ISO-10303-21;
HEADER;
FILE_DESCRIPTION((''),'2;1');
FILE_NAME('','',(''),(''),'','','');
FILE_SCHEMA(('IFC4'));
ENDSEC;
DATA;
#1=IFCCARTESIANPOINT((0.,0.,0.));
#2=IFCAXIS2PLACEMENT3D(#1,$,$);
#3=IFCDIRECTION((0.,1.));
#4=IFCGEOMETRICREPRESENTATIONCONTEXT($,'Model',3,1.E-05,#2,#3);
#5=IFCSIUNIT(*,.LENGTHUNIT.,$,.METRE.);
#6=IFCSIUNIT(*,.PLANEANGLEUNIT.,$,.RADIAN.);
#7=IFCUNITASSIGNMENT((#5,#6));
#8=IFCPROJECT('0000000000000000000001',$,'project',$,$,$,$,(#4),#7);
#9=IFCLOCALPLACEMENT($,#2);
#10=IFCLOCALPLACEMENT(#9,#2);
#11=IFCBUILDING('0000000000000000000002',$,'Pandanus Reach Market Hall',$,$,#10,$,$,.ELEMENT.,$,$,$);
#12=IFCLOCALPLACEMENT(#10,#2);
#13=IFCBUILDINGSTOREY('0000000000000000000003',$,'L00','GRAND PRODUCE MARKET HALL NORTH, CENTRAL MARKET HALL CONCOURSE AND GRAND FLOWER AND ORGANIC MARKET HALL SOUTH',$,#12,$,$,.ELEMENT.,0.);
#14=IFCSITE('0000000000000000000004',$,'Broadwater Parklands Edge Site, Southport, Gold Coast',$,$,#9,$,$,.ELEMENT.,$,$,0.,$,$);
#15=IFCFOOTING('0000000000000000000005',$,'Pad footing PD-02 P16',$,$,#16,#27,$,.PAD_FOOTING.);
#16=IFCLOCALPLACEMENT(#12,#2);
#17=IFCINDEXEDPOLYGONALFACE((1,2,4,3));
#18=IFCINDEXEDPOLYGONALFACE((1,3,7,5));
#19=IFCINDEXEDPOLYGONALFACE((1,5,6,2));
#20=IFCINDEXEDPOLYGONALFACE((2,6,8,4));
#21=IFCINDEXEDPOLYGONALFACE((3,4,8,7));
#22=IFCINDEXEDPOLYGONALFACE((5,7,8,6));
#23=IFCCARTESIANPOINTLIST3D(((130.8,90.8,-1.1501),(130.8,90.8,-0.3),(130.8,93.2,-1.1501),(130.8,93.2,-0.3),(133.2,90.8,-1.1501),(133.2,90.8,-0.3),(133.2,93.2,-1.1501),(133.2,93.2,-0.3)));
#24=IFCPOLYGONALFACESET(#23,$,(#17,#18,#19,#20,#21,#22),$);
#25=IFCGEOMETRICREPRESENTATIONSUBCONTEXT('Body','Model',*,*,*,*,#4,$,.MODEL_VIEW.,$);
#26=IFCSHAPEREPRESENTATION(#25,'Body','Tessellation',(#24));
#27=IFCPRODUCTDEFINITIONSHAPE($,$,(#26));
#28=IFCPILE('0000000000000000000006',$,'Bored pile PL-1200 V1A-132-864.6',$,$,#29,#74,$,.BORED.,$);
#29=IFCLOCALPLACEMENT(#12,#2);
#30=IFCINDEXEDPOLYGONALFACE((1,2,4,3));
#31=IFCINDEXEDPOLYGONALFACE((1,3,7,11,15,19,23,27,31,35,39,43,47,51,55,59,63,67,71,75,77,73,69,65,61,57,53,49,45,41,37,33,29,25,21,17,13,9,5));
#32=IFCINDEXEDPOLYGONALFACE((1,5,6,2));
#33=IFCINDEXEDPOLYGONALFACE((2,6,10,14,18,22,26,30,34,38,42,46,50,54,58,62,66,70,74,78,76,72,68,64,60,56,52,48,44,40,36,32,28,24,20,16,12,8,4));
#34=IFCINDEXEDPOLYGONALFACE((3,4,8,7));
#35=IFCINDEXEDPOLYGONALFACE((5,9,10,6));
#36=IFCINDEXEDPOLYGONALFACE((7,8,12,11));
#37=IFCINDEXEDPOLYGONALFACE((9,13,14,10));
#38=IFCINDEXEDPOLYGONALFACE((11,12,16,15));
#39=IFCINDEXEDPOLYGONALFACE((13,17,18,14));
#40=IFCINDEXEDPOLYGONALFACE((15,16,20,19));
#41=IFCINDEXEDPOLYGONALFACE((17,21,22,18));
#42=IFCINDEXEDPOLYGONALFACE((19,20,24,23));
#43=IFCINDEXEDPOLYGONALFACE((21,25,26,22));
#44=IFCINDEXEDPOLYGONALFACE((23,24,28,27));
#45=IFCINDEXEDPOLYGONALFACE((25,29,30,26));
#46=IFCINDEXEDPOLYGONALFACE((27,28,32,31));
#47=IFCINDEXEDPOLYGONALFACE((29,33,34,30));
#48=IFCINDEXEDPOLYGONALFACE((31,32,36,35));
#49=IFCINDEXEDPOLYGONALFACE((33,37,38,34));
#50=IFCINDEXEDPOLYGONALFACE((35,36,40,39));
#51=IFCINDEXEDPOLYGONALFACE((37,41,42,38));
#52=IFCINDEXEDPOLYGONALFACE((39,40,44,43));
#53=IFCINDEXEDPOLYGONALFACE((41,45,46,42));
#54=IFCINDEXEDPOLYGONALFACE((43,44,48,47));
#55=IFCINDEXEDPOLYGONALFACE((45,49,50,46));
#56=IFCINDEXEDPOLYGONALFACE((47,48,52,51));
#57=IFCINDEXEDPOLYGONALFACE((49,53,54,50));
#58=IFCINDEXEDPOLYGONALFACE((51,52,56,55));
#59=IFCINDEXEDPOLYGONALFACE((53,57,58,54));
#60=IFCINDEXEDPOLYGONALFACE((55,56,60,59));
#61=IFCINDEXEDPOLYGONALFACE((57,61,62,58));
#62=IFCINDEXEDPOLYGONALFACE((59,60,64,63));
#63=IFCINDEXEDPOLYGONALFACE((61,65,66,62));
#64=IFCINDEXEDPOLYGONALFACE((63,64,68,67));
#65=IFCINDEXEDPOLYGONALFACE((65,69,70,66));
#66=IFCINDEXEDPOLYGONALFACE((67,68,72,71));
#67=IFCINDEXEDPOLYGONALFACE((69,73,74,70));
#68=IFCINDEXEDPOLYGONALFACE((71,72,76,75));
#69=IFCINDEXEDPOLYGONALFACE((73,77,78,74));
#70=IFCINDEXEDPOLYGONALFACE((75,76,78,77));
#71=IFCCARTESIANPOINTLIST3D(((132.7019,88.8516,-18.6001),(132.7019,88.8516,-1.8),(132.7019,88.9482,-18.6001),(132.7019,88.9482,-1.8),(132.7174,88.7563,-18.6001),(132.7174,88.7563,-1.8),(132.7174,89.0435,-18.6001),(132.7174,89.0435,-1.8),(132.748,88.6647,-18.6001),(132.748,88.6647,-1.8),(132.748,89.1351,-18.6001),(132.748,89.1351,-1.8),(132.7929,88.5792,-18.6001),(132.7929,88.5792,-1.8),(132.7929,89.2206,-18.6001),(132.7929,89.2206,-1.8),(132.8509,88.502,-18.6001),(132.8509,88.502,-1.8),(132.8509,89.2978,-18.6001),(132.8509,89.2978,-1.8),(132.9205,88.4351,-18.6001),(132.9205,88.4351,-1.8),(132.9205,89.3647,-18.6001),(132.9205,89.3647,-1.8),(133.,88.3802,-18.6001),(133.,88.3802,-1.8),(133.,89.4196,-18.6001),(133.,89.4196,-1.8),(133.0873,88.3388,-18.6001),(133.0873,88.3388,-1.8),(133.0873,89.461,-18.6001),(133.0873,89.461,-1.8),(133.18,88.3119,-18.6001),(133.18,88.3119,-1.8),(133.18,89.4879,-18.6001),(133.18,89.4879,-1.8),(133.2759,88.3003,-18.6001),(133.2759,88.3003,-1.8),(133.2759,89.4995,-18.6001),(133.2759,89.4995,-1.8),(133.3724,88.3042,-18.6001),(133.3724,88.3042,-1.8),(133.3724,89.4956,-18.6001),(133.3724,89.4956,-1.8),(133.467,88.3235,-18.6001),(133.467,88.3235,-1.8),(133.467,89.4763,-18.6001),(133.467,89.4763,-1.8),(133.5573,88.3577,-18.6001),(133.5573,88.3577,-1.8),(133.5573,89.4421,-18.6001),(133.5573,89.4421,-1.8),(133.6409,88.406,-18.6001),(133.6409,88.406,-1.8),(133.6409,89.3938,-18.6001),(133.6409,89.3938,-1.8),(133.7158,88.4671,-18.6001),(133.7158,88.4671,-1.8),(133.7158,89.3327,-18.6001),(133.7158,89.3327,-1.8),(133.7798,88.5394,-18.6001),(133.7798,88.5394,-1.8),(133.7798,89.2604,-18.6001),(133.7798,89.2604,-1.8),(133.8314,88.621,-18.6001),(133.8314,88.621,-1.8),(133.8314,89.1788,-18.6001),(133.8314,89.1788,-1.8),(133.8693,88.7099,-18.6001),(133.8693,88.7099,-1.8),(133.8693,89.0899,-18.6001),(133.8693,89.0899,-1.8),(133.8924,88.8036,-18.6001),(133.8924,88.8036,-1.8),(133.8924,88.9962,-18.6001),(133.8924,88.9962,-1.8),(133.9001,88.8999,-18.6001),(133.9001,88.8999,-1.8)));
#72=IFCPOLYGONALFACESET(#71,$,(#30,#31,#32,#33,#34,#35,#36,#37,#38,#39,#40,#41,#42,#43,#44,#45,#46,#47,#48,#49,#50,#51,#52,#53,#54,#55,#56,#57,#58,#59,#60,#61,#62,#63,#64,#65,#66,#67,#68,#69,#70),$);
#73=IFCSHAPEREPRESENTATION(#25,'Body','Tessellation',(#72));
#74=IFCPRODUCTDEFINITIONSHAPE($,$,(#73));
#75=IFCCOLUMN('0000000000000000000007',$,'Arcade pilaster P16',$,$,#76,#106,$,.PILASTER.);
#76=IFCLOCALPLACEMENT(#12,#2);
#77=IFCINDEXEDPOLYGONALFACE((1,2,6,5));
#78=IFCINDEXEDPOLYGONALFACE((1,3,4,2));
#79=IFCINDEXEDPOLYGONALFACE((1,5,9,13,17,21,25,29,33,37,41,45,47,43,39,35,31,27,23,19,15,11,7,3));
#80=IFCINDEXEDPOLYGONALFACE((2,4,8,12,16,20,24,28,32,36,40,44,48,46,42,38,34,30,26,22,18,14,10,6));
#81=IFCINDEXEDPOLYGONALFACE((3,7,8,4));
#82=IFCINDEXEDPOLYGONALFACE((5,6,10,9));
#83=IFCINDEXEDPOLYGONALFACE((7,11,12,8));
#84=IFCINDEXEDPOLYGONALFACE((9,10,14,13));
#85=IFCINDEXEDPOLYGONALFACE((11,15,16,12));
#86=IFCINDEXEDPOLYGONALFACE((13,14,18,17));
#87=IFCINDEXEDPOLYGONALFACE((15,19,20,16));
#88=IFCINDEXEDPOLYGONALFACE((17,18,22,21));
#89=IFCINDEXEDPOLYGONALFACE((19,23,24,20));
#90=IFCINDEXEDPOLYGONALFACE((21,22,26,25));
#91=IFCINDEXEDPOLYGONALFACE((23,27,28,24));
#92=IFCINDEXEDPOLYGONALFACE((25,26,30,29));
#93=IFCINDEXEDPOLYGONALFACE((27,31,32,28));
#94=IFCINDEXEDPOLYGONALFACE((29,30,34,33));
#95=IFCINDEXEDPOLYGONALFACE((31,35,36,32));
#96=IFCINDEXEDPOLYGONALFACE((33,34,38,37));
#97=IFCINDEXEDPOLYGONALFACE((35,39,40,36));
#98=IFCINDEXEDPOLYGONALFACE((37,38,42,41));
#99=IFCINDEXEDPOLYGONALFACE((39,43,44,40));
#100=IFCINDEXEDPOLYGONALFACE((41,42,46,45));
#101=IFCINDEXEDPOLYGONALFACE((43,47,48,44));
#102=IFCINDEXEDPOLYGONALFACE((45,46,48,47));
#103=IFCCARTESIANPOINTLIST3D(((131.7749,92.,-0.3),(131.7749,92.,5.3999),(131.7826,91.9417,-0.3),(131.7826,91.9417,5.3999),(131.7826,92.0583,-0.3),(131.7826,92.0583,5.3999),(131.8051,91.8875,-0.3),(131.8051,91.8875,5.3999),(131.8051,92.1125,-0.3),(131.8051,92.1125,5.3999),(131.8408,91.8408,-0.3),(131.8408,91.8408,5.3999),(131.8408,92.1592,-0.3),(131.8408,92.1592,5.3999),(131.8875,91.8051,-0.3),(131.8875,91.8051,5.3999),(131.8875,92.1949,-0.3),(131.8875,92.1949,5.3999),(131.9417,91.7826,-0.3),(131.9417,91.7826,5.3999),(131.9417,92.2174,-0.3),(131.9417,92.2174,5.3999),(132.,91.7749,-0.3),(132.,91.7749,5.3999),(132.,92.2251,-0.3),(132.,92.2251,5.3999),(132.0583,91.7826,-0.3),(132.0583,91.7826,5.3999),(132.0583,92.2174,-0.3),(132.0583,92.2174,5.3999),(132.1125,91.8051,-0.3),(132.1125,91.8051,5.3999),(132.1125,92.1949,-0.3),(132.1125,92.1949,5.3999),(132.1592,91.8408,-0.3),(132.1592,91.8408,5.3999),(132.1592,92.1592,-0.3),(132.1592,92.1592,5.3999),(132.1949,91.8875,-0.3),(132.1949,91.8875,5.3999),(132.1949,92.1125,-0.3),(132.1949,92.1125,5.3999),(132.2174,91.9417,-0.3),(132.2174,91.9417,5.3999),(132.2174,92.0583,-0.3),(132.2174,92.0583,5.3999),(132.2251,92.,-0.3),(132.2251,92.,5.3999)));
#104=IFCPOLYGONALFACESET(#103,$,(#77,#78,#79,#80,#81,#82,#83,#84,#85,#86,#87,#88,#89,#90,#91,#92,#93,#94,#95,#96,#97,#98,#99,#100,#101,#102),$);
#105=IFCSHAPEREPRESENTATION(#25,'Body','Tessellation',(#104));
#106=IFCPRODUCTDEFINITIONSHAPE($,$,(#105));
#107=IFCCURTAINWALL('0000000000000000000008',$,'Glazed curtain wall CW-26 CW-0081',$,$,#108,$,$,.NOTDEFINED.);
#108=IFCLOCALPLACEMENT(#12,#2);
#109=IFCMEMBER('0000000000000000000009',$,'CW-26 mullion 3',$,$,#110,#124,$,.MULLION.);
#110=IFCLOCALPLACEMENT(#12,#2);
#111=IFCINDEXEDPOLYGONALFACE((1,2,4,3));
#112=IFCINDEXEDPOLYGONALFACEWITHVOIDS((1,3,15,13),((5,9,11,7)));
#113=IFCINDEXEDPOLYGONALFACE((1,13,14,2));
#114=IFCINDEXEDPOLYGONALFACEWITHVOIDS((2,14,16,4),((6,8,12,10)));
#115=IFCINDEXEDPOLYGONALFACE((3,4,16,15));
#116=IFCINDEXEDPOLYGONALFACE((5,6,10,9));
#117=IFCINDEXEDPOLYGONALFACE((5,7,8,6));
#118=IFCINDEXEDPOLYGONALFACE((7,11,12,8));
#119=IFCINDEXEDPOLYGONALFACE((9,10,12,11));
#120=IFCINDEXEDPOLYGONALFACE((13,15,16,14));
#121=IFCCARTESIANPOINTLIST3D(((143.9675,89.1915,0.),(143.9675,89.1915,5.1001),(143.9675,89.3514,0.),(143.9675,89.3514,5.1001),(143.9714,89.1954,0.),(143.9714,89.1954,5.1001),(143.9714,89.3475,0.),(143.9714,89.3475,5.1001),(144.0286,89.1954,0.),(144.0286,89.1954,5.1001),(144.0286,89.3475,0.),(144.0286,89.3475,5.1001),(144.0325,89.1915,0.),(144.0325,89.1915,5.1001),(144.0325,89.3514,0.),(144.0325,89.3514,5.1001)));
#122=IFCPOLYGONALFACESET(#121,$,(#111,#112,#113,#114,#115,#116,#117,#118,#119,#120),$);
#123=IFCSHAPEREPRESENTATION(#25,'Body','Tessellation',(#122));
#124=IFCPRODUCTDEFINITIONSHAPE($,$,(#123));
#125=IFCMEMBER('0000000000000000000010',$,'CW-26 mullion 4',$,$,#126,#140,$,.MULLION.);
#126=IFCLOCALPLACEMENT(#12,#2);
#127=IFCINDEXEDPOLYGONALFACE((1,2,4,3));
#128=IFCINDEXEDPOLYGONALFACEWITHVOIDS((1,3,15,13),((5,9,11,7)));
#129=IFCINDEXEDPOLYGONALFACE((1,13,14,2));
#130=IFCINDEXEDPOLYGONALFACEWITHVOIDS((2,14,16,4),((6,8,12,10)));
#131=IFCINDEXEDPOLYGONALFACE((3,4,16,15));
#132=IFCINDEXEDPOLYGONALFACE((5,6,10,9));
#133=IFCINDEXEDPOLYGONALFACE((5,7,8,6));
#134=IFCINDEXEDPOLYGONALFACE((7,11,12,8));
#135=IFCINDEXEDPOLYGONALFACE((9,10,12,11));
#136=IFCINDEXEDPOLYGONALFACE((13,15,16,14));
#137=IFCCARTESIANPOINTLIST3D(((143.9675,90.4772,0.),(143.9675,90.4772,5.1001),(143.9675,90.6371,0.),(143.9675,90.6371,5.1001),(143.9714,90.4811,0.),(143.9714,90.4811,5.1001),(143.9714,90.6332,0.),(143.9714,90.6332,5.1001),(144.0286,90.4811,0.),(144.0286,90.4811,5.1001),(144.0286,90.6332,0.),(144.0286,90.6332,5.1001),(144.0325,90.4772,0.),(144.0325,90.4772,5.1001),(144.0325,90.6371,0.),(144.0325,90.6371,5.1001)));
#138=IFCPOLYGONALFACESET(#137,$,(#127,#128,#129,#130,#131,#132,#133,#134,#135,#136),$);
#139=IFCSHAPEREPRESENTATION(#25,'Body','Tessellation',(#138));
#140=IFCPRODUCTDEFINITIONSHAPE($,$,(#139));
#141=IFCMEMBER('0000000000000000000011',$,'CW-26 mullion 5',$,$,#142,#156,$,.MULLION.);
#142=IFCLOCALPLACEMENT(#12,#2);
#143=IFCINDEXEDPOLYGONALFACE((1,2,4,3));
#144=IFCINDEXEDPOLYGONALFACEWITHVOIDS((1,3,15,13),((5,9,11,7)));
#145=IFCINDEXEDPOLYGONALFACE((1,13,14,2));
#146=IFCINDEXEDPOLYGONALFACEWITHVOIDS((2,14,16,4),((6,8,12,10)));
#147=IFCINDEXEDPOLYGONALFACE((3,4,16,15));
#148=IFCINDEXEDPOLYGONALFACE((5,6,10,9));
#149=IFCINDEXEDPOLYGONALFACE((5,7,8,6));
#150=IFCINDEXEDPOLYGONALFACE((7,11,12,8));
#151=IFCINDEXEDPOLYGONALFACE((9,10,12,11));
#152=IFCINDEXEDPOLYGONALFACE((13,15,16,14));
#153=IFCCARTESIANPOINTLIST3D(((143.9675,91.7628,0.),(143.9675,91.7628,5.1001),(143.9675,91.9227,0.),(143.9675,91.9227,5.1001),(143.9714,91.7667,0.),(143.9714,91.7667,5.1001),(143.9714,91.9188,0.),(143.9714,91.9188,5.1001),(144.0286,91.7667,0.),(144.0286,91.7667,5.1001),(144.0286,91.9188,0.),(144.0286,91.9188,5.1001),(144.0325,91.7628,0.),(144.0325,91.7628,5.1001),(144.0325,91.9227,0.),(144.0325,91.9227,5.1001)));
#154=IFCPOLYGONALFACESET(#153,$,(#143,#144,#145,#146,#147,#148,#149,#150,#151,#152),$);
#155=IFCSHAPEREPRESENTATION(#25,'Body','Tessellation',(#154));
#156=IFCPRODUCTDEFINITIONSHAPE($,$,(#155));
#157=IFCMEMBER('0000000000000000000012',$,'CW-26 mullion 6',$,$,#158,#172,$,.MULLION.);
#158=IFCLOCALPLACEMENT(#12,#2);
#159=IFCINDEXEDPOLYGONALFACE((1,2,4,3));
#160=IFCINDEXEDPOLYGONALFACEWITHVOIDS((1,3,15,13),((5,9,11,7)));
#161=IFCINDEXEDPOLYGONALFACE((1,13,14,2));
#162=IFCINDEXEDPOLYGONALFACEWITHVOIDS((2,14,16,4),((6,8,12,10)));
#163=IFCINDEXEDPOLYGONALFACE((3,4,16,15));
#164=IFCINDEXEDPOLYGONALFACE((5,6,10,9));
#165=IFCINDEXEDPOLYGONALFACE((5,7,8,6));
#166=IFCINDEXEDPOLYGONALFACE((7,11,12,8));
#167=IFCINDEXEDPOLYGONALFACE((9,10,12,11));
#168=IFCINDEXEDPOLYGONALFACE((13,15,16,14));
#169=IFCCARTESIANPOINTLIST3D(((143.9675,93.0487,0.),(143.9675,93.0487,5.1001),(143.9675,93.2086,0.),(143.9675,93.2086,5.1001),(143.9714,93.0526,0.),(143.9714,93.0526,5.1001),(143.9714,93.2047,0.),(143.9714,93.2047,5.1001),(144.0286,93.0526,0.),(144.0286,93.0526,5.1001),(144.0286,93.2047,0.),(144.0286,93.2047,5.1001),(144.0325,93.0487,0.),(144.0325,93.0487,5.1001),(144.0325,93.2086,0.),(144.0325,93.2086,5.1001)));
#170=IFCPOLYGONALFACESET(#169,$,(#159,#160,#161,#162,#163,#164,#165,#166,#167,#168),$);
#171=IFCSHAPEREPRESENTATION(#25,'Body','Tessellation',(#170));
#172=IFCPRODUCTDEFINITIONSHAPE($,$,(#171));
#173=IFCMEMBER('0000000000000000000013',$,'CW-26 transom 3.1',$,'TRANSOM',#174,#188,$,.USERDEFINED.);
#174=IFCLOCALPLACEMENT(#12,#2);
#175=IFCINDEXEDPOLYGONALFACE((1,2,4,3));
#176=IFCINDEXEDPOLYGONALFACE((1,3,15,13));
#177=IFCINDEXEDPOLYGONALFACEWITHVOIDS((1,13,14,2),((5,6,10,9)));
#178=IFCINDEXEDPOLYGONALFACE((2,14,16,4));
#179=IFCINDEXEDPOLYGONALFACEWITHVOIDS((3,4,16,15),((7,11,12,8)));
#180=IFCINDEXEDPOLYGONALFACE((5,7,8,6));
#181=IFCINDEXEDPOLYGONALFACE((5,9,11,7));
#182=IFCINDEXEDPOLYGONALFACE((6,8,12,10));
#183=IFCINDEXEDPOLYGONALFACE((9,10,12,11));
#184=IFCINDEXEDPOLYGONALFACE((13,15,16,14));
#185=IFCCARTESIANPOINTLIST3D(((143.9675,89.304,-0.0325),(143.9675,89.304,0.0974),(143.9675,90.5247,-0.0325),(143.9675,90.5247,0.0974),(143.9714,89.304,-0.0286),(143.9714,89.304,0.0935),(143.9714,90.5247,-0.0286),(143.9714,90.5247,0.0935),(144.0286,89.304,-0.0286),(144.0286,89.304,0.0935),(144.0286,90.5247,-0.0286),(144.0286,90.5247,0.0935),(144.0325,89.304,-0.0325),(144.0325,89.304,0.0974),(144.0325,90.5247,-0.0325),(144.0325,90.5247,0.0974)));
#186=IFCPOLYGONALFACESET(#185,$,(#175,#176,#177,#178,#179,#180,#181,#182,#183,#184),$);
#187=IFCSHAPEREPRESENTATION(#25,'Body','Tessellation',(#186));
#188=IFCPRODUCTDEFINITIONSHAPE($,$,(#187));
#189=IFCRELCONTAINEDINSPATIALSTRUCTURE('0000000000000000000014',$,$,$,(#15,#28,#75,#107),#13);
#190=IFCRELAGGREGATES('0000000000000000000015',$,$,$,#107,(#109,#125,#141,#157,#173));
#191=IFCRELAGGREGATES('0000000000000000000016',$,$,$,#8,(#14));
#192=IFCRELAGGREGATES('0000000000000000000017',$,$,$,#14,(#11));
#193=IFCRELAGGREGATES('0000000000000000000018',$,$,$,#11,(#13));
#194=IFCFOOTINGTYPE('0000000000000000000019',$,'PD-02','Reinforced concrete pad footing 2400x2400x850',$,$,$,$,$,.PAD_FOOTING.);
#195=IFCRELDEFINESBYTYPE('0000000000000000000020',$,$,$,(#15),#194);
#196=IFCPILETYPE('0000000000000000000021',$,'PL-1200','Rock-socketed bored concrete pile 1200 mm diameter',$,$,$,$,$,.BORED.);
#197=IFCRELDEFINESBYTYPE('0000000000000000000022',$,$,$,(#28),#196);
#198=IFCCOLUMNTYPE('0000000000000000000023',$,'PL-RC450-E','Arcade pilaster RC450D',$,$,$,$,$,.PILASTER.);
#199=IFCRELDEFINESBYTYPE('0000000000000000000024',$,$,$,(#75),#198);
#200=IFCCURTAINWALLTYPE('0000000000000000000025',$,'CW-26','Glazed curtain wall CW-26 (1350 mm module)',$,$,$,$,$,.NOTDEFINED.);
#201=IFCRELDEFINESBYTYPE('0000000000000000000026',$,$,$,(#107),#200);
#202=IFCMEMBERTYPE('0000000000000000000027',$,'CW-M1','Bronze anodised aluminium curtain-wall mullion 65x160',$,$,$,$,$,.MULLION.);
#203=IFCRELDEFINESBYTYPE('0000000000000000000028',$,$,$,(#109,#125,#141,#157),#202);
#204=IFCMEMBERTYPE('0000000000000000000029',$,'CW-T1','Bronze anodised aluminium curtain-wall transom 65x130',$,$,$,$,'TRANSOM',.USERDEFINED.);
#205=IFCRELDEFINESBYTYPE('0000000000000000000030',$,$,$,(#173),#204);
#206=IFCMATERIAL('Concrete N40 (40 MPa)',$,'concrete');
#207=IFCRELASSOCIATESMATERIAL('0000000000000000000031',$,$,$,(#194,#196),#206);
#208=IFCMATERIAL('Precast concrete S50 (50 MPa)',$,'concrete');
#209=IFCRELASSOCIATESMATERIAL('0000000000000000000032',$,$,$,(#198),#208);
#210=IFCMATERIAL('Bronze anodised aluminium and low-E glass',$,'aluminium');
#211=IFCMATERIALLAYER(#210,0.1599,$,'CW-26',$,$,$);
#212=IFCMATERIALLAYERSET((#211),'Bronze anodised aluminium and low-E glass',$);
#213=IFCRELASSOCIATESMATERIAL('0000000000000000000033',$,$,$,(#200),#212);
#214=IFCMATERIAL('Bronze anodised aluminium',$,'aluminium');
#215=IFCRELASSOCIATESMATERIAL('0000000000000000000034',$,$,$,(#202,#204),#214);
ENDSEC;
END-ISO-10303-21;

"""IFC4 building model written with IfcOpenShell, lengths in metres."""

from ifc_helpers import new_model, si_unit, direction, frame, origin, origin_2d, place, context, subcontext, project, spatial, rectangle, hollow_rectangle, circle, extrude, material, layer, layer_set, material_profile, profile_set, type_object, element, aggregate, save


model = new_model("IFC4")

# Units and contexts
model_context = context("Model", 3, precision=1e-05, world=origin(), true_north=direction((0.0, 1.0)))
body_context = subcontext(model_context, "Body", "Model", "MODEL_VIEW")
ifc_project = project(units=[si_unit("LENGTHUNIT", "METRE"), si_unit("PLANEANGLEUNIT", "RADIAN")], contexts=[model_context])

# Site, building, storey
site_placement = place(None, origin())
site = spatial("IfcSite", under=ifc_project, at=site_placement, Name="Broadwater Parklands Edge Site, Southport, Gold Coast", CompositionType="ELEMENT", RefElevation=0.0)
building_placement = place(site_placement, origin())
building = spatial("IfcBuilding", under=site, at=building_placement, Name="Pandanus Reach Market Hall", CompositionType="ELEMENT")
storey_placement = place(building_placement, origin())
storey = spatial("IfcBuildingStorey", under=building, at=storey_placement, Name="L00", Description="GRAND PRODUCE MARKET HALL NORTH, CENTRAL MARKET HALL CONCOURSE AND GRAND FLOWER AND ORGANIC MARKET HALL SOUTH", CompositionType="ELEMENT", Elevation=0.0)

# Footing
ifc_material_1 = material(Name="Concrete N40 (40 MPa)", Category="concrete")
footing_type = type_object("IfcFootingType", Name="PD-02", Description="Reinforced concrete pad footing 2400x2400x850", PredefinedType="PAD_FOOTING", material=ifc_material_1)
footing_placement = place(storey_placement, frame((132.0, 92.0, -1.1501), z_axis=(0.0, 0.0, 1.0), x_axis=(1.0, 0.0, 0.0)))
element("IfcFooting", 1, at=footing_placement, inside=storey, type_object=footing_type, Name="Pad footing PD-02 P16", PredefinedType="PAD_FOOTING", context=body_context, shape_type="SweptSolid", body=[
    extrude(rectangle(XDim=2.3999, YDim=2.3999, at=origin_2d()), origin(), (0.0, 0.0, 1.0), 0.8501),
])

# Pile
ifc_material_profile_1 = material_profile(ifc_material_1, circle(Radius=0.6001, at=origin_2d()), Name="PILE-1200D", Category="LoadBearing")
ifc_profile_set_1 = profile_set([ifc_material_profile_1], Name="Concrete N40 (40 MPa)")
pile_type = type_object("IfcPileType", Name="PL-1200", Description="Rock-socketed bored concrete pile 1200 mm diameter", PredefinedType="BORED", material=ifc_profile_set_1)
pile_placement = place(storey_placement, frame((133.3, 88.8999, -1.8), z_axis=(0.0, 0.0, -1.0), x_axis=(1.0, 0.0, 0.0)))
element("IfcPile", 2, at=pile_placement, inside=storey, type_object=pile_type, Name="Bored pile PL-1200 V1A-132-864.6", PredefinedType="BORED", context=body_context, shape_type="SweptSolid", body=[
    extrude(circle(Radius=0.6001, at=origin_2d()), origin(), (0.0, 0.0, 1.0), 16.8),
])

# Column
ifc_material_2 = material(Name="Precast concrete S50 (50 MPa)", Category="concrete")
ifc_material_profile_2 = material_profile(ifc_material_2, circle(Radius=0.2251, at=origin_2d()), Name="RC450D", Category="LoadBearing")
ifc_profile_set_2 = profile_set([ifc_material_profile_2], Name="Precast concrete S50 (50 MPa)")
column_type = type_object("IfcColumnType", Name="PL-RC450-E", Description="Arcade pilaster RC450D", PredefinedType="PILASTER", material=ifc_profile_set_2)
column_placement = place(storey_placement, frame((132.0, 92.0, -0.3), z_axis=(0.0, 0.0, 1.0), x_axis=(1.0, 0.0, 0.0)))
element("IfcColumn", 3, at=column_placement, inside=storey, type_object=column_type, Name="Arcade pilaster P16", PredefinedType="PILASTER", context=body_context, shape_type="SweptSolid", body=[
    extrude(circle(Radius=0.2251, at=origin_2d()), origin(), (0.0, 0.0, 1.0), 5.7),
])

# Curtain wall, members
ifc_material_3 = material(Name="Bronze anodised aluminium and low-E glass", Category="aluminium")
ifc_layer_1 = layer(ifc_material_3, 0.1599, Name="CW-26")
ifc_layer_set_1 = layer_set([ifc_layer_1], Name="Bronze anodised aluminium and low-E glass")
curtain_wall_type = type_object("IfcCurtainWallType", Name="CW-26", Description="Glazed curtain wall CW-26 (1350 mm module)", PredefinedType="NOTDEFINED", material=ifc_layer_set_1)
curtain_wall_placement = place(storey_placement, origin())
curtain_wall = element("IfcCurtainWall", 4, at=curtain_wall_placement, inside=storey, type_object=curtain_wall_type, Name="Glazed curtain wall CW-26 CW-0081", PredefinedType="NOTDEFINED")
ifc_material_4 = material(Name="Bronze anodised aluminium", Category="aluminium")
ifc_material_profile_3 = material_profile(ifc_material_4, hollow_rectangle(XDim=0.0649, YDim=0.1599, WallThickness=0.0039, at=origin_2d()), Name="ALU65x160", Category="LoadBearing")
ifc_profile_set_3 = profile_set([ifc_material_profile_3], Name="Bronze anodised aluminium")
member_type_1 = type_object("IfcMemberType", Name="CW-M1", Description="Bronze anodised aluminium curtain-wall mullion 65x160", PredefinedType="MULLION", material=ifc_profile_set_3)
member_1_placement = place(storey_placement, frame((144.0, 89.2715, 0.0), z_axis=(0.0, 0.0, 1.0), x_axis=(-1.0, 0.0, 0.0)))
member_1 = element("IfcMember", 5, at=member_1_placement, type_object=member_type_1, Name="CW-26 mullion 3", PredefinedType="MULLION", context=body_context, shape_type="SweptSolid", body=[
    extrude(hollow_rectangle(XDim=0.0649, YDim=0.1599, WallThickness=0.0039, at=origin_2d()), origin(), (0.0, 0.0, 1.0), 5.1001),
])
member_2_placement = place(storey_placement, frame((144.0, 90.5571, 0.0), z_axis=(0.0, 0.0, 1.0), x_axis=(-1.0, 0.0, 0.0)))
member_2 = element("IfcMember", 6, at=member_2_placement, type_object=member_type_1, Name="CW-26 mullion 4", PredefinedType="MULLION", context=body_context, shape_type="SweptSolid", body=[
    extrude(hollow_rectangle(XDim=0.0649, YDim=0.1599, WallThickness=0.0039, at=origin_2d()), origin(), (0.0, 0.0, 1.0), 5.1001),
])
member_3_placement = place(storey_placement, frame((144.0, 91.8428, 0.0), z_axis=(0.0, 0.0, 1.0), x_axis=(-1.0, 0.0, 0.0)))
member_3 = element("IfcMember", 7, at=member_3_placement, type_object=member_type_1, Name="CW-26 mullion 5", PredefinedType="MULLION", context=body_context, shape_type="SweptSolid", body=[
    extrude(hollow_rectangle(XDim=0.0649, YDim=0.1599, WallThickness=0.0039, at=origin_2d()), origin(), (0.0, 0.0, 1.0), 5.1001),
])
member_4_placement = place(storey_placement, frame((144.0, 93.1287, 0.0), z_axis=(0.0, 0.0, 1.0), x_axis=(-1.0, 0.0, 0.0)))
member_4 = element("IfcMember", 8, at=member_4_placement, type_object=member_type_1, Name="CW-26 mullion 6", PredefinedType="MULLION", context=body_context, shape_type="SweptSolid", body=[
    extrude(hollow_rectangle(XDim=0.0649, YDim=0.1599, WallThickness=0.0039, at=origin_2d()), origin(), (0.0, 0.0, 1.0), 5.1001),
])
ifc_material_profile_4 = material_profile(ifc_material_4, hollow_rectangle(XDim=0.0649, YDim=0.1299, WallThickness=0.0039, at=origin_2d()), Name="ALU65x130", Category="LoadBearing")
ifc_profile_set_4 = profile_set([ifc_material_profile_4], Name="Bronze anodised aluminium")
member_type_2 = type_object("IfcMemberType", Name="CW-T1", Description="Bronze anodised aluminium curtain-wall transom 65x130", ElementType="TRANSOM", PredefinedType="USERDEFINED", material=ifc_profile_set_4)
member_5_placement = place(storey_placement, frame((144.0, 89.304, 0.0325), z_axis=(0.0, 1.0, 0.0), x_axis=(-1.0, 0.0, 0.0)))
member_5 = element("IfcMember", 9, at=member_5_placement, type_object=member_type_2, Name="CW-26 transom 3.1", ObjectType="TRANSOM", PredefinedType="USERDEFINED", context=body_context, shape_type="SweptSolid", body=[
    extrude(hollow_rectangle(XDim=0.0649, YDim=0.1299, WallThickness=0.0039, at=origin_2d()), origin(), (0.0, 0.0, 1.0), 1.2207),
])
aggregate(curtain_wall, [member_1, member_2, member_3, member_4, member_5])

save(model, "model.ifc")
